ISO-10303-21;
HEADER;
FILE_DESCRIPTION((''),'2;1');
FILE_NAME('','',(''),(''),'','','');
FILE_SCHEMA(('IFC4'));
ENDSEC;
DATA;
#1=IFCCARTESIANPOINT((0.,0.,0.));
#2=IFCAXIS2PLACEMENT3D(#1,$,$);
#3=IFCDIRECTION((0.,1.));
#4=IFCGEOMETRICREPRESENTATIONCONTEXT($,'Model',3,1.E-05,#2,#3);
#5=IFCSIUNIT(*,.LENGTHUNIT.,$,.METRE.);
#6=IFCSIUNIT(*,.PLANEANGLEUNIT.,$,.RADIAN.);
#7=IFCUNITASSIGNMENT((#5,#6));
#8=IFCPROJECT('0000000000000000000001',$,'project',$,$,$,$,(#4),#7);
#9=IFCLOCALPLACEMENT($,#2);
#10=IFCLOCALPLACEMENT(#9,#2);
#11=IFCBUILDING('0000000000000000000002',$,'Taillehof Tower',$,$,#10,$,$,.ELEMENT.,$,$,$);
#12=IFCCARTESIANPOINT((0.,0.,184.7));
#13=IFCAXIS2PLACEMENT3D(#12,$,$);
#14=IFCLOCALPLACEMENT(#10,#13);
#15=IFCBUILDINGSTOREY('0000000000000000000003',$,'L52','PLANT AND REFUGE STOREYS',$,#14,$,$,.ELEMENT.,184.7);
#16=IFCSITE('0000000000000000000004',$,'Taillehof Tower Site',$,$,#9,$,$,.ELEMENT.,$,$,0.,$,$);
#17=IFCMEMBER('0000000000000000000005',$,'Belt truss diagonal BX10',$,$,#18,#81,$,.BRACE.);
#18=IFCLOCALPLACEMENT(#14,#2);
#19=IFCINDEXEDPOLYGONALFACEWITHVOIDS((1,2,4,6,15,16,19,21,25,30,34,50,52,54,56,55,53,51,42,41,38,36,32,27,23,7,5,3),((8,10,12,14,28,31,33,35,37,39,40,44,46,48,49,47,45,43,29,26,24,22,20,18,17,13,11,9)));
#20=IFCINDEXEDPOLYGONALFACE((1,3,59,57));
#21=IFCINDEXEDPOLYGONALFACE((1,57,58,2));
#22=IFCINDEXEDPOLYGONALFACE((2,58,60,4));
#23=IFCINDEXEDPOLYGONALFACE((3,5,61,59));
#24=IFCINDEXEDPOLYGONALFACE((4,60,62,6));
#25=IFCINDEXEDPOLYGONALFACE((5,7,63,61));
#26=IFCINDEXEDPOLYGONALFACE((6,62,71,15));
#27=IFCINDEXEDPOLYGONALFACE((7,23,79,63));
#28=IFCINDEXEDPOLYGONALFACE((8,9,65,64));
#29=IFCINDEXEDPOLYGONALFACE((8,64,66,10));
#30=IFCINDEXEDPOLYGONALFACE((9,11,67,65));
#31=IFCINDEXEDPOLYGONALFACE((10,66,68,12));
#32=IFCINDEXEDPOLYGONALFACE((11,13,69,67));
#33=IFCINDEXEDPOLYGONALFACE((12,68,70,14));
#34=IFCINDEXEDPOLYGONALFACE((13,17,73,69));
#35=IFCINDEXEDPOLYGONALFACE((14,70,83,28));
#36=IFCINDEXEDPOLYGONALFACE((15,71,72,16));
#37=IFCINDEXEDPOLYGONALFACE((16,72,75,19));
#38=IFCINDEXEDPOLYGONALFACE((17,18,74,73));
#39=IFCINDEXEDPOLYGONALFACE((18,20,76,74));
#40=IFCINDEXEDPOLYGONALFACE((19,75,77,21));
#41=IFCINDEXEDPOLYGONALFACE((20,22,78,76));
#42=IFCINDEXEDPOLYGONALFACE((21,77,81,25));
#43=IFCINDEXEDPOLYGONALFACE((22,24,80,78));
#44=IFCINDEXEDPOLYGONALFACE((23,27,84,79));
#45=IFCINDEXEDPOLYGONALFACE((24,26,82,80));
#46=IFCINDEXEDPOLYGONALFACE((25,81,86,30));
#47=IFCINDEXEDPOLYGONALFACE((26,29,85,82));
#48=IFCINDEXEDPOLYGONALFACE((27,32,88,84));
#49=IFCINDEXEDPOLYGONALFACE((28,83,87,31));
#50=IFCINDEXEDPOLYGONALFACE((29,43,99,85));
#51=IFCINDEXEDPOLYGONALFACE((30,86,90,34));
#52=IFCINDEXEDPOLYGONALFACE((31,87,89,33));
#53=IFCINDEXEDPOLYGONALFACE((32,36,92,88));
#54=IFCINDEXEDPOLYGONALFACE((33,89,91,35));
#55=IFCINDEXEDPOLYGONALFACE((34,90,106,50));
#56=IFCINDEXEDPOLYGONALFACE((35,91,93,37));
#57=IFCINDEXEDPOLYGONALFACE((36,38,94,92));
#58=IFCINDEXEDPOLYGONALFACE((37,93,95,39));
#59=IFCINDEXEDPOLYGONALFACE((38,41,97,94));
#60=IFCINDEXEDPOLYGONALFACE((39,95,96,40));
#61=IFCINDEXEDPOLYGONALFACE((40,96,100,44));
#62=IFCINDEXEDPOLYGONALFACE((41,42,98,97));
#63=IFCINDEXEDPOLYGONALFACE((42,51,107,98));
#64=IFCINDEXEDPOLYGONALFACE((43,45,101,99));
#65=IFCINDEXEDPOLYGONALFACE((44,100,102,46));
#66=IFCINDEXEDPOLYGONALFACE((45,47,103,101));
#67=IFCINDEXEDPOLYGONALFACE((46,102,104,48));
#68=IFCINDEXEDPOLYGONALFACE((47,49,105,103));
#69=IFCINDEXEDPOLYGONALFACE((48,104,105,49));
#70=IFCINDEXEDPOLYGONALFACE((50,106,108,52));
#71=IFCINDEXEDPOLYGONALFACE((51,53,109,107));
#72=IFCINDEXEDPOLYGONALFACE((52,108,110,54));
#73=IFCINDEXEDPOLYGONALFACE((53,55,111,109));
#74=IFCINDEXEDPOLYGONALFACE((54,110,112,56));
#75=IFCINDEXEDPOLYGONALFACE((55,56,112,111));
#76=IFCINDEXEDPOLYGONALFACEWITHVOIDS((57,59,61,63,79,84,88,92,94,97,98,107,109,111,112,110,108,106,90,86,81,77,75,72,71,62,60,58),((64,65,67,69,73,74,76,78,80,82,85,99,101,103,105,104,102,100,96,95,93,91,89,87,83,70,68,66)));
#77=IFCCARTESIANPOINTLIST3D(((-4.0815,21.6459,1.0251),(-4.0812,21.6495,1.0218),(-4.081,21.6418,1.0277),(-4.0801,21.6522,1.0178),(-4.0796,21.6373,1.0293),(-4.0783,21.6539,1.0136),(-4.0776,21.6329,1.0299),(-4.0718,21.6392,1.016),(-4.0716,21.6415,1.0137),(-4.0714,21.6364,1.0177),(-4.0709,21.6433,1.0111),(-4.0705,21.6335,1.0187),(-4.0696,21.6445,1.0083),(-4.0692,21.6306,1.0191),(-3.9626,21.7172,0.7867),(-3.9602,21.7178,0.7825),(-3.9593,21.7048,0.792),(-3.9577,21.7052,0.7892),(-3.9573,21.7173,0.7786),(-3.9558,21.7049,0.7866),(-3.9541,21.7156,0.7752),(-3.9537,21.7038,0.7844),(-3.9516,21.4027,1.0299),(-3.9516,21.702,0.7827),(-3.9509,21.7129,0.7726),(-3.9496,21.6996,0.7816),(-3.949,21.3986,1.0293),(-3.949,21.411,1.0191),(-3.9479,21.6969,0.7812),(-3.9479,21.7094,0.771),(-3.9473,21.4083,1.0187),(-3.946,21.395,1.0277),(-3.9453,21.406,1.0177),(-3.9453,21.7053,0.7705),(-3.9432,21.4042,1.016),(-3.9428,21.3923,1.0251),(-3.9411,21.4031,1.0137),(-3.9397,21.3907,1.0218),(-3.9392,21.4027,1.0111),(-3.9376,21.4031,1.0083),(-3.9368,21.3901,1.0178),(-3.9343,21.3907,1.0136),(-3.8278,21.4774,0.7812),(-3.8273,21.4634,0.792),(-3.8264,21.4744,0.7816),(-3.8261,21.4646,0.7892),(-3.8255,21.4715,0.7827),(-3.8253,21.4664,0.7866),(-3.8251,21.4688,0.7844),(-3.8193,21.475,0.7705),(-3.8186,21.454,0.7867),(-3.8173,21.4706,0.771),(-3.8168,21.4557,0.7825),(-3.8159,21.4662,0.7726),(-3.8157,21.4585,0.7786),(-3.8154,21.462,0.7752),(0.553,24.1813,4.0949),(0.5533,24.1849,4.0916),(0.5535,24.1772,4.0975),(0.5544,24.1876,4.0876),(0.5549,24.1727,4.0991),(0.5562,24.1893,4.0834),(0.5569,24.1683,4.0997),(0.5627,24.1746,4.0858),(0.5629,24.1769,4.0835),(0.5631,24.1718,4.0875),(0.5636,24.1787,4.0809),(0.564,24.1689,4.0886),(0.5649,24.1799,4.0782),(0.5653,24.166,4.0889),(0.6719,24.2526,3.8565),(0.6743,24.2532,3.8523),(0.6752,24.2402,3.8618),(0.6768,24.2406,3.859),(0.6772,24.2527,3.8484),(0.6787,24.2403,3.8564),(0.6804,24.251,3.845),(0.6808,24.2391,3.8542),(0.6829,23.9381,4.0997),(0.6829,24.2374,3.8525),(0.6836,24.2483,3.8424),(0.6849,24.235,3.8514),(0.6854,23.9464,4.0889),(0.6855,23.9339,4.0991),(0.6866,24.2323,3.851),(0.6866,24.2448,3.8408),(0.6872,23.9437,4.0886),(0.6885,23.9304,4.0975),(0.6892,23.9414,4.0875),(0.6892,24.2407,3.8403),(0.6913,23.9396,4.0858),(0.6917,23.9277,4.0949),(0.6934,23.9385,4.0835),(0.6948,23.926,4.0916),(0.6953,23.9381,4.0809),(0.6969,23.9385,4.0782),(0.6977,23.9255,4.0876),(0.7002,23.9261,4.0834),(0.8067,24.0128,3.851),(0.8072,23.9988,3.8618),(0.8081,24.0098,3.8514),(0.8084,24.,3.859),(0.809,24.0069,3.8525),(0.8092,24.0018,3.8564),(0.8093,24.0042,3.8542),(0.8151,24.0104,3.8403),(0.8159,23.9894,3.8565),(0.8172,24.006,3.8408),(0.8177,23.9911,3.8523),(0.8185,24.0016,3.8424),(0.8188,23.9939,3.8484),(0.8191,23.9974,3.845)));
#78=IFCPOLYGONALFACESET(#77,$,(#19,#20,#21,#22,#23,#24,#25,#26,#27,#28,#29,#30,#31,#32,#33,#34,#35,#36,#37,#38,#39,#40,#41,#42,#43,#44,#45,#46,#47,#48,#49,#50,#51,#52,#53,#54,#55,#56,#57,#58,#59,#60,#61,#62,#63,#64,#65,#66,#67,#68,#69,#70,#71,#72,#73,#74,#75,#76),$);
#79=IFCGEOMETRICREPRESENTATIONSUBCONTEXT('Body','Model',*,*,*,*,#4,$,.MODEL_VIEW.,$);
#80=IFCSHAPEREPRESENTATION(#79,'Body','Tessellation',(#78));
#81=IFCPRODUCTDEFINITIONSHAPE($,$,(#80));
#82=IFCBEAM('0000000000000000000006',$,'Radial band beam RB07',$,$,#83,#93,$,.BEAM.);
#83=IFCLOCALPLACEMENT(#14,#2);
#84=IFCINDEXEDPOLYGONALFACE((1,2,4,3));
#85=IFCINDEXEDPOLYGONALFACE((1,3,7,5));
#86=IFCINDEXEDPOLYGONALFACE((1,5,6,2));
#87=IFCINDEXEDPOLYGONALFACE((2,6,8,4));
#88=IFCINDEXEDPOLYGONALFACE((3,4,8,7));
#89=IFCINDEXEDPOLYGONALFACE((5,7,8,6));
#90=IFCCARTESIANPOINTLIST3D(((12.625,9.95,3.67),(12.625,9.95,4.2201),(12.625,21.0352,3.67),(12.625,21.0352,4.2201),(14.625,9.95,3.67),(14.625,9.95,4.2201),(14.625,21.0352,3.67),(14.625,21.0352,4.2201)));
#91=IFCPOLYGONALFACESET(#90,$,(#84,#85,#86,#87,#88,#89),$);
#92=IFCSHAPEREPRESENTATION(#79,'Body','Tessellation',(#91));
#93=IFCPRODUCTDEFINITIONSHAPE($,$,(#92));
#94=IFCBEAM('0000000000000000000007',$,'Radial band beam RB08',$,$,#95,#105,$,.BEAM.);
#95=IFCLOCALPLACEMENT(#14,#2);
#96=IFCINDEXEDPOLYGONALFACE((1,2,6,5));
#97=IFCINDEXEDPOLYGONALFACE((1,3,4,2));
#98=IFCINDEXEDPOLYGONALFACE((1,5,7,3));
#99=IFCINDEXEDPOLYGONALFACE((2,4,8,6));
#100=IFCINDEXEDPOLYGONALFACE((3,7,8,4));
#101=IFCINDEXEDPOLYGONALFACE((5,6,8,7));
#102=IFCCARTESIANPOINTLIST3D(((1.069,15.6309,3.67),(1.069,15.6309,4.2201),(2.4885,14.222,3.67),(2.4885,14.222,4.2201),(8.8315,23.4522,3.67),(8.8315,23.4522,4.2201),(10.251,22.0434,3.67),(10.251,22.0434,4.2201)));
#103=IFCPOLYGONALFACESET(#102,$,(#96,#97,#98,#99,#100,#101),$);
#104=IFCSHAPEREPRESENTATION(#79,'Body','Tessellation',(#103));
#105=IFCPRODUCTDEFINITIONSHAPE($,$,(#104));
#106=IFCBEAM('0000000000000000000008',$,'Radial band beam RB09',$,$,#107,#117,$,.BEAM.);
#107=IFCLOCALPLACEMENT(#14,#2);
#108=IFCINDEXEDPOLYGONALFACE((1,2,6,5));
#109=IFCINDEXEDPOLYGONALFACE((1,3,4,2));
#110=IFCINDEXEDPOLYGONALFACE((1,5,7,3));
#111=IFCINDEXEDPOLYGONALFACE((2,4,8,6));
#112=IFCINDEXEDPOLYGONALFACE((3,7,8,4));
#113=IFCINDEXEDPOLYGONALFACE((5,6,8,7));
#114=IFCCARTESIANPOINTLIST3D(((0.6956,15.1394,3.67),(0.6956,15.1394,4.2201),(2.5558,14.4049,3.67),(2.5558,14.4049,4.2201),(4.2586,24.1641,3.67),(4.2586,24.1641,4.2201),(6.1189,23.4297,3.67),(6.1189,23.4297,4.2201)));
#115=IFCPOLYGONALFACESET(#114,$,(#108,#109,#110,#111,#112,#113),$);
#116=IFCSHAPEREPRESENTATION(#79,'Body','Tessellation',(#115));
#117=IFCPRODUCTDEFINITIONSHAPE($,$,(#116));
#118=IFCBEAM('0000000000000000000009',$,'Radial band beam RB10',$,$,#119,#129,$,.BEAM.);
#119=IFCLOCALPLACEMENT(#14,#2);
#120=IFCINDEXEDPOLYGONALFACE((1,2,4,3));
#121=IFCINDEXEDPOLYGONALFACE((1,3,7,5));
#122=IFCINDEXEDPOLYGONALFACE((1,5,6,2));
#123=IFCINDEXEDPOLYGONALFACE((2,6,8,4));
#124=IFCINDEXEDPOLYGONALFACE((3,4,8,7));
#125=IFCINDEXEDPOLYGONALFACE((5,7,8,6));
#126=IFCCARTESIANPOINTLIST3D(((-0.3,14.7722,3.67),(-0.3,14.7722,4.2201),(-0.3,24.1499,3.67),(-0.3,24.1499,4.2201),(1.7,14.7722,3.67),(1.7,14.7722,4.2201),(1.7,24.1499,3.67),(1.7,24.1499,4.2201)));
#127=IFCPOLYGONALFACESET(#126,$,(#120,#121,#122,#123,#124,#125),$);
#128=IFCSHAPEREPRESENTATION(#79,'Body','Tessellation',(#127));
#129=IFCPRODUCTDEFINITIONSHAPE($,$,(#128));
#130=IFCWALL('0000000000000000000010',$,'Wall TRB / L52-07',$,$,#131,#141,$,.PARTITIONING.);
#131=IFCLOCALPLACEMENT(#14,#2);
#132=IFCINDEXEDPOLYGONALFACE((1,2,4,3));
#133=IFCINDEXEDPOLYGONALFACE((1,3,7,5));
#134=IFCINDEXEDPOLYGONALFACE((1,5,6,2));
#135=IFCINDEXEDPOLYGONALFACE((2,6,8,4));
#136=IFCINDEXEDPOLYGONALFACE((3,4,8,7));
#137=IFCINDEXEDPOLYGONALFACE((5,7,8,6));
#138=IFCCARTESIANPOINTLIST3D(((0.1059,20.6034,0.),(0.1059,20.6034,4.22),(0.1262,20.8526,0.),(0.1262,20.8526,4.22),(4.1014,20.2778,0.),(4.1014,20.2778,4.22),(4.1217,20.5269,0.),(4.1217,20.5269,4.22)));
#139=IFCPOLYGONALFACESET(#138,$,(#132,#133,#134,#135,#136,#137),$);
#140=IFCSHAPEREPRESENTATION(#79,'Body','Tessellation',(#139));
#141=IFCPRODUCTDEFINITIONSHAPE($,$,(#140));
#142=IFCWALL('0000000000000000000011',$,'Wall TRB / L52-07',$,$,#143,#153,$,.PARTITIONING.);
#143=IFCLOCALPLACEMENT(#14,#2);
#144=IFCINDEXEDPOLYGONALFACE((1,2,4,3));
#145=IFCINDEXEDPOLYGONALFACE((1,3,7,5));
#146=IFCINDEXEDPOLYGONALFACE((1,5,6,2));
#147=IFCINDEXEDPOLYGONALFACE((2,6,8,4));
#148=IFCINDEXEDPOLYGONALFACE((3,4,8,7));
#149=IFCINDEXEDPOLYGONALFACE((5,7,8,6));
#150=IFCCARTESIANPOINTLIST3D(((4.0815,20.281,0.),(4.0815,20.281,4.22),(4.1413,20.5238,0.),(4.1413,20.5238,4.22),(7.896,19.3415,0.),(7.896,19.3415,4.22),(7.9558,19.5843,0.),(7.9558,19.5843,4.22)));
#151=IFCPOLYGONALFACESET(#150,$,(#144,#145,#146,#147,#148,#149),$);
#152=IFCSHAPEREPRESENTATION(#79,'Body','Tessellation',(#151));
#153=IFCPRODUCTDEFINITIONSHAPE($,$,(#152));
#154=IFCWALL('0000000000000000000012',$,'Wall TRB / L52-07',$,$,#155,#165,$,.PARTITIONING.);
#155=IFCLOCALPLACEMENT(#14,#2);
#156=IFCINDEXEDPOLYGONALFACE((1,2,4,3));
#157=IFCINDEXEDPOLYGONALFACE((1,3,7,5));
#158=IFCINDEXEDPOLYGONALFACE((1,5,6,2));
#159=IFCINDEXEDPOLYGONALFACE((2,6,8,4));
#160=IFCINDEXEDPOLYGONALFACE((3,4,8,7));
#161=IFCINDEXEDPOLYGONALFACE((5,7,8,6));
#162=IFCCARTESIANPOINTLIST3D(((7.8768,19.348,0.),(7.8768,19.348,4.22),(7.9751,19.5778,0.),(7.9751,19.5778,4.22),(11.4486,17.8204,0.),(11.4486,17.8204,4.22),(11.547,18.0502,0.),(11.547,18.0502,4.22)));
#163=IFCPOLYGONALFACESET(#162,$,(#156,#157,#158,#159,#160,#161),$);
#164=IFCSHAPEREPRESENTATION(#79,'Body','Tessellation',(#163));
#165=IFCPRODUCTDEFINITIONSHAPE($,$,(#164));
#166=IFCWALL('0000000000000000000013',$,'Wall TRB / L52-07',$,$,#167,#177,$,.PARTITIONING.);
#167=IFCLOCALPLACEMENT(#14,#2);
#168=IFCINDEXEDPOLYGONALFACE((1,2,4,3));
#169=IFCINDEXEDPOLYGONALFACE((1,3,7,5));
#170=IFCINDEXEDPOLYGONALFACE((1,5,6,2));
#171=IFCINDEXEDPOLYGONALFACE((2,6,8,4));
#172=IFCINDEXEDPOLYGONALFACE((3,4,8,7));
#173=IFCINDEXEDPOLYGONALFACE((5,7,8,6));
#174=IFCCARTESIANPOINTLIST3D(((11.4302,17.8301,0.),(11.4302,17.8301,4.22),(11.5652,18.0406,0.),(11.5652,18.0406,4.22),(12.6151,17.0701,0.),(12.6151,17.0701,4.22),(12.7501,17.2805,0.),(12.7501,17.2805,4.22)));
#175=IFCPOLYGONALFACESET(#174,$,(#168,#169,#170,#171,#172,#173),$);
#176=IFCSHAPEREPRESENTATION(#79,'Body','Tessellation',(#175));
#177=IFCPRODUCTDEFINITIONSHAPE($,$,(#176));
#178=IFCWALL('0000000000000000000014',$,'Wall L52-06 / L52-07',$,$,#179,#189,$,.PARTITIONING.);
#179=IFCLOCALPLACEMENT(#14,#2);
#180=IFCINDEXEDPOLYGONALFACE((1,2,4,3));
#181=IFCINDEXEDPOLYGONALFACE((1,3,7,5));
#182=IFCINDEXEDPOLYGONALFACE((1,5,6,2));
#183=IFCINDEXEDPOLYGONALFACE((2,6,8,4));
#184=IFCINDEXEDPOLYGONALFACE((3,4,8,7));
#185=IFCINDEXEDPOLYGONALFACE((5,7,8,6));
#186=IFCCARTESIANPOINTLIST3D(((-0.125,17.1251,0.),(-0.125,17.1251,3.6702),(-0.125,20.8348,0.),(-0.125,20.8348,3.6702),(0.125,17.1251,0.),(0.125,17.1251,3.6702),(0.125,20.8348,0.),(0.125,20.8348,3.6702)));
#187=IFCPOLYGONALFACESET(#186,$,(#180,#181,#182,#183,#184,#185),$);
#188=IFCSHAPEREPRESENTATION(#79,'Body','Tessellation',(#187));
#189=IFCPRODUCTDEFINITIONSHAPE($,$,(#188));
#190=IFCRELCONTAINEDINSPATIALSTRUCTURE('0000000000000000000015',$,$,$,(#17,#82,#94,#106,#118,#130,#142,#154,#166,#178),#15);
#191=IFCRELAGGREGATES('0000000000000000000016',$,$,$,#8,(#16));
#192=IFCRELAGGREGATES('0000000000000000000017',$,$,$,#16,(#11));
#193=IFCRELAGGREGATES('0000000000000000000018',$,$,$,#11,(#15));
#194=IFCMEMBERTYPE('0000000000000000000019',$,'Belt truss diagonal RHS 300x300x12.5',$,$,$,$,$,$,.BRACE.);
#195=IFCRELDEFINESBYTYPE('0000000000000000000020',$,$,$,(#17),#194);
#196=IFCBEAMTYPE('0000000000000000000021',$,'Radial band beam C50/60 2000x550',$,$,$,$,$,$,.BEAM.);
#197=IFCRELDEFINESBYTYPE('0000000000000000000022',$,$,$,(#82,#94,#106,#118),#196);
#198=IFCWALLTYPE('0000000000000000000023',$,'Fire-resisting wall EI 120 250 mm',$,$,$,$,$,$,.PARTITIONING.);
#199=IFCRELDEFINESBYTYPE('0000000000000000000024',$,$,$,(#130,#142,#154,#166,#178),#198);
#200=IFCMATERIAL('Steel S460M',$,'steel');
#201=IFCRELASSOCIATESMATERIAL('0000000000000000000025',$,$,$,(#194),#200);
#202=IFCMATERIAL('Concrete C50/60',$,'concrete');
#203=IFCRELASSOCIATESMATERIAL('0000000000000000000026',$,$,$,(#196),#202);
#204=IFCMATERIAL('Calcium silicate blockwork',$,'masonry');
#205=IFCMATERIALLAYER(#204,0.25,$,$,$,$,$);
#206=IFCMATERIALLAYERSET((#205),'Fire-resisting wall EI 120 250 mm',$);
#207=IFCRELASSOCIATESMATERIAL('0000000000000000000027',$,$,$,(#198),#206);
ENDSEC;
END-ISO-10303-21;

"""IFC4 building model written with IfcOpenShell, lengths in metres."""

from ifc_helpers import new_model, si_unit, direction, frame, frame_2d, origin, origin_2d, place, context, subcontext, project, spatial, rectangle, hollow_rectangle, extrude, material, layer, layer_set, material_profile, profile_set, type_object, element, save


model = new_model("IFC4")

# Units and contexts
model_context = context("Model", 3, precision=1e-05, world=origin(), true_north=direction((0.0, 1.0)))
body_context = subcontext(model_context, "Body", "Model", "MODEL_VIEW")
ifc_project = project(units=[si_unit("LENGTHUNIT", "METRE"), si_unit("PLANEANGLEUNIT", "RADIAN")], contexts=[model_context])

# Site, building, storey
site_placement = place(None, origin())
site = spatial("IfcSite", under=ifc_project, at=site_placement, Name="Taillehof Tower Site", CompositionType="ELEMENT", RefElevation=0.0)
building_placement = place(site_placement, origin())
building = spatial("IfcBuilding", under=site, at=building_placement, Name="Taillehof Tower", CompositionType="ELEMENT")
storey_placement = place(building_placement, frame((0.0, 0.0, 184.7)))
storey = spatial("IfcBuildingStorey", under=building, at=storey_placement, Name="L52", Description="PLANT AND REFUGE STOREYS", CompositionType="ELEMENT", Elevation=184.7)

# Member
ifc_material_1 = material(Name="Steel S460M", Category="steel")
ifc_material_profile_1 = material_profile(ifc_material_1, hollow_rectangle(XDim=0.3, YDim=0.3, WallThickness=0.0125, InnerFilletRadius=0.0125, OuterFilletRadius=0.0188, at=origin_2d()), Name="RHS 300x300x12.5")
ifc_profile_set_1 = profile_set([ifc_material_profile_1], Name="Steel S460M")
member_type_1 = type_object("IfcMemberType", Name="Belt truss diagonal RHS 300x300x12.5", PredefinedType="BRACE", material=ifc_profile_set_1)
member_1_placement = place(storey_placement, frame((0.686, 24.0894, 3.97), z_axis=(-0.758527, -0.414966, -0.502435), x_axis=(0.479943, -0.8773, 0.0)))
element("IfcMember", 1, at=member_1_placement, inside=storey, type_object=member_type_1, Name="Belt truss diagonal BX10", PredefinedType="BRACE", context=body_context, shape_type="SweptSolid", body=[
    extrude(hollow_rectangle(XDim=0.3, YDim=0.3, WallThickness=0.0125, InnerFilletRadius=0.0125, OuterFilletRadius=0.0188, at=origin_2d()), origin(), (0.0, 0.0, 1.0), 6.1099),
])

# Beams
ifc_material_2 = material(Name="Concrete C50/60", Category="concrete")
ifc_material_profile_2 = material_profile(ifc_material_2, rectangle(XDim=2.0, YDim=0.55, at=origin_2d()), Name="RC 2000x550")
ifc_profile_set_2 = profile_set([ifc_material_profile_2], Name="Concrete C50/60")
beam_type = type_object("IfcBeamType", Name="Radial band beam C50/60 2000x550", PredefinedType="BEAM", material=ifc_profile_set_2)
beam_1_placement = place(storey_placement, frame((13.625, 21.0352, 3.9451), z_axis=(0.0, -1.0, 0.0), x_axis=(1.0, 0.0, 0.0)))
element("IfcBeam", 2, at=beam_1_placement, inside=storey, type_object=beam_type, Name="Radial band beam RB07", PredefinedType="BEAM", context=body_context, shape_type="SweptSolid", body=[
    extrude(rectangle(XDim=2.0, YDim=0.55, at=origin_2d()), origin(), (0.0, 0.0, 1.0), 11.0852),
])
beam_2_placement = place(storey_placement, frame((9.5413, 22.7478, 3.9451), z_axis=(-0.704432, -0.709771, 0.0), x_axis=(0.709771, -0.704432, 0.0)))
element("IfcBeam", 3, at=beam_2_placement, inside=storey, type_object=beam_type, Name="Radial band beam RB08", PredefinedType="BEAM", context=body_context, shape_type="SweptSolid", body=[
    extrude(rectangle(XDim=2.0, YDim=0.55, at=origin_2d()), origin(), (0.0, 0.0, 1.0), 11.0195),
])
beam_3_placement = place(storey_placement, frame((5.1887, 23.7969, 3.9451), z_axis=(-0.367222, -0.930133, 0.0), x_axis=(0.930133, -0.367222, 0.0)))
element("IfcBeam", 4, at=beam_3_placement, inside=storey, type_object=beam_type, Name="Radial band beam RB09", PredefinedType="BEAM", context=body_context, shape_type="SweptSolid", body=[
    extrude(rectangle(XDim=2.0, YDim=0.55, at=origin_2d()), origin(), (0.0, 0.0, 1.0), 9.7026),
])
beam_4_placement = place(storey_placement, frame((0.7, 24.1499, 3.9451), z_axis=(0.0, -1.0, 0.0), x_axis=(1.0, 0.0, 0.0)))
element("IfcBeam", 5, at=beam_4_placement, inside=storey, type_object=beam_type, Name="Radial band beam RB10", PredefinedType="BEAM", context=body_context, shape_type="SweptSolid", body=[
    extrude(rectangle(XDim=2.0, YDim=0.55, at=origin_2d()), origin(), (0.0, 0.0, 1.0), 9.3777),
])

# Walls
ifc_material_3 = material(Name="Calcium silicate blockwork", Category="masonry")
ifc_layer_1 = layer(ifc_material_3, 0.25)
ifc_layer_set_1 = layer_set([ifc_layer_1], Name="Fire-resisting wall EI 120 250 mm")
wall_type = type_object("IfcWallType", Name="Fire-resisting wall EI 120 250 mm", PredefinedType="PARTITIONING", material=ifc_layer_set_1)
wall_1_placement = place(storey_placement, frame((4.1116, 20.4023, 0.0), z_axis=(0.0, 0.0, 1.0), x_axis=(-0.996694, 0.081241, 0.0)))
element("IfcWall", 6, at=wall_1_placement, inside=storey, type_object=wall_type, Name="Wall TRB / L52-07", PredefinedType="PARTITIONING", context=body_context, shape_type="SweptSolid", body=[
    extrude(rectangle(XDim=4.0088, YDim=0.25, at=frame_2d((2.0044, 0.0))), origin(), (0.0, 0.0, 1.0), 4.22),
])
wall_2_placement = place(storey_placement, frame((7.926, 19.4629, 0.0), z_axis=(0.0, 0.0, 1.0), x_axis=(-0.970985, 0.239142, 0.0)))
element("IfcWall", 7, at=wall_2_placement, inside=storey, type_object=wall_type, Name="Wall TRB / L52-07", PredefinedType="PARTITIONING", context=body_context, shape_type="SweptSolid", body=[
    extrude(rectangle(XDim=3.9285, YDim=0.25, at=frame_2d((1.9644, 0.0))), origin(), (0.0, 0.0, 1.0), 4.22),
])
wall_3_placement = place(storey_placement, frame((11.4978, 17.9353, 0.0), z_axis=(0.0, 0.0, 1.0), x_axis=(-0.919441, 0.393229, 0.0)))
element("IfcWall", 8, at=wall_3_placement, inside=storey, type_object=wall_type, Name="Wall TRB / L52-07", PredefinedType="PARTITIONING", context=body_context, shape_type="SweptSolid", body=[
    extrude(rectangle(XDim=3.8848, YDim=0.25, at=frame_2d((1.9424, 0.0))), origin(), (0.0, 0.0, 1.0), 4.22),
])
wall_4_placement = place(storey_placement, frame((12.6826, 17.1753, 0.0), z_axis=(0.0, 0.0, 1.0), x_axis=(-0.841713, 0.539925, 0.0)))
element("IfcWall", 9, at=wall_4_placement, inside=storey, type_object=wall_type, Name="Wall TRB / L52-07", PredefinedType="PARTITIONING", context=body_context, shape_type="SweptSolid", body=[
    extrude(rectangle(XDim=1.4077, YDim=0.25, at=frame_2d((0.7039, 0.0))), origin(), (0.0, 0.0, 1.0), 4.22),
])
wall_5_placement = place(storey_placement, frame((0.0, 17.125, 0.0), z_axis=(0.0, 0.0, 1.0), x_axis=(0.0, 1.0, 0.0)))
element("IfcWall", 10, at=wall_5_placement, inside=storey, type_object=wall_type, Name="Wall L52-06 / L52-07", PredefinedType="PARTITIONING", context=body_context, shape_type="SweptSolid", body=[
    extrude(rectangle(XDim=3.7097, YDim=0.25, at=frame_2d((1.855, 0.0))), origin(), (0.0, 0.0, 1.0), 3.6702),
])

save(model, "model.ifc")
